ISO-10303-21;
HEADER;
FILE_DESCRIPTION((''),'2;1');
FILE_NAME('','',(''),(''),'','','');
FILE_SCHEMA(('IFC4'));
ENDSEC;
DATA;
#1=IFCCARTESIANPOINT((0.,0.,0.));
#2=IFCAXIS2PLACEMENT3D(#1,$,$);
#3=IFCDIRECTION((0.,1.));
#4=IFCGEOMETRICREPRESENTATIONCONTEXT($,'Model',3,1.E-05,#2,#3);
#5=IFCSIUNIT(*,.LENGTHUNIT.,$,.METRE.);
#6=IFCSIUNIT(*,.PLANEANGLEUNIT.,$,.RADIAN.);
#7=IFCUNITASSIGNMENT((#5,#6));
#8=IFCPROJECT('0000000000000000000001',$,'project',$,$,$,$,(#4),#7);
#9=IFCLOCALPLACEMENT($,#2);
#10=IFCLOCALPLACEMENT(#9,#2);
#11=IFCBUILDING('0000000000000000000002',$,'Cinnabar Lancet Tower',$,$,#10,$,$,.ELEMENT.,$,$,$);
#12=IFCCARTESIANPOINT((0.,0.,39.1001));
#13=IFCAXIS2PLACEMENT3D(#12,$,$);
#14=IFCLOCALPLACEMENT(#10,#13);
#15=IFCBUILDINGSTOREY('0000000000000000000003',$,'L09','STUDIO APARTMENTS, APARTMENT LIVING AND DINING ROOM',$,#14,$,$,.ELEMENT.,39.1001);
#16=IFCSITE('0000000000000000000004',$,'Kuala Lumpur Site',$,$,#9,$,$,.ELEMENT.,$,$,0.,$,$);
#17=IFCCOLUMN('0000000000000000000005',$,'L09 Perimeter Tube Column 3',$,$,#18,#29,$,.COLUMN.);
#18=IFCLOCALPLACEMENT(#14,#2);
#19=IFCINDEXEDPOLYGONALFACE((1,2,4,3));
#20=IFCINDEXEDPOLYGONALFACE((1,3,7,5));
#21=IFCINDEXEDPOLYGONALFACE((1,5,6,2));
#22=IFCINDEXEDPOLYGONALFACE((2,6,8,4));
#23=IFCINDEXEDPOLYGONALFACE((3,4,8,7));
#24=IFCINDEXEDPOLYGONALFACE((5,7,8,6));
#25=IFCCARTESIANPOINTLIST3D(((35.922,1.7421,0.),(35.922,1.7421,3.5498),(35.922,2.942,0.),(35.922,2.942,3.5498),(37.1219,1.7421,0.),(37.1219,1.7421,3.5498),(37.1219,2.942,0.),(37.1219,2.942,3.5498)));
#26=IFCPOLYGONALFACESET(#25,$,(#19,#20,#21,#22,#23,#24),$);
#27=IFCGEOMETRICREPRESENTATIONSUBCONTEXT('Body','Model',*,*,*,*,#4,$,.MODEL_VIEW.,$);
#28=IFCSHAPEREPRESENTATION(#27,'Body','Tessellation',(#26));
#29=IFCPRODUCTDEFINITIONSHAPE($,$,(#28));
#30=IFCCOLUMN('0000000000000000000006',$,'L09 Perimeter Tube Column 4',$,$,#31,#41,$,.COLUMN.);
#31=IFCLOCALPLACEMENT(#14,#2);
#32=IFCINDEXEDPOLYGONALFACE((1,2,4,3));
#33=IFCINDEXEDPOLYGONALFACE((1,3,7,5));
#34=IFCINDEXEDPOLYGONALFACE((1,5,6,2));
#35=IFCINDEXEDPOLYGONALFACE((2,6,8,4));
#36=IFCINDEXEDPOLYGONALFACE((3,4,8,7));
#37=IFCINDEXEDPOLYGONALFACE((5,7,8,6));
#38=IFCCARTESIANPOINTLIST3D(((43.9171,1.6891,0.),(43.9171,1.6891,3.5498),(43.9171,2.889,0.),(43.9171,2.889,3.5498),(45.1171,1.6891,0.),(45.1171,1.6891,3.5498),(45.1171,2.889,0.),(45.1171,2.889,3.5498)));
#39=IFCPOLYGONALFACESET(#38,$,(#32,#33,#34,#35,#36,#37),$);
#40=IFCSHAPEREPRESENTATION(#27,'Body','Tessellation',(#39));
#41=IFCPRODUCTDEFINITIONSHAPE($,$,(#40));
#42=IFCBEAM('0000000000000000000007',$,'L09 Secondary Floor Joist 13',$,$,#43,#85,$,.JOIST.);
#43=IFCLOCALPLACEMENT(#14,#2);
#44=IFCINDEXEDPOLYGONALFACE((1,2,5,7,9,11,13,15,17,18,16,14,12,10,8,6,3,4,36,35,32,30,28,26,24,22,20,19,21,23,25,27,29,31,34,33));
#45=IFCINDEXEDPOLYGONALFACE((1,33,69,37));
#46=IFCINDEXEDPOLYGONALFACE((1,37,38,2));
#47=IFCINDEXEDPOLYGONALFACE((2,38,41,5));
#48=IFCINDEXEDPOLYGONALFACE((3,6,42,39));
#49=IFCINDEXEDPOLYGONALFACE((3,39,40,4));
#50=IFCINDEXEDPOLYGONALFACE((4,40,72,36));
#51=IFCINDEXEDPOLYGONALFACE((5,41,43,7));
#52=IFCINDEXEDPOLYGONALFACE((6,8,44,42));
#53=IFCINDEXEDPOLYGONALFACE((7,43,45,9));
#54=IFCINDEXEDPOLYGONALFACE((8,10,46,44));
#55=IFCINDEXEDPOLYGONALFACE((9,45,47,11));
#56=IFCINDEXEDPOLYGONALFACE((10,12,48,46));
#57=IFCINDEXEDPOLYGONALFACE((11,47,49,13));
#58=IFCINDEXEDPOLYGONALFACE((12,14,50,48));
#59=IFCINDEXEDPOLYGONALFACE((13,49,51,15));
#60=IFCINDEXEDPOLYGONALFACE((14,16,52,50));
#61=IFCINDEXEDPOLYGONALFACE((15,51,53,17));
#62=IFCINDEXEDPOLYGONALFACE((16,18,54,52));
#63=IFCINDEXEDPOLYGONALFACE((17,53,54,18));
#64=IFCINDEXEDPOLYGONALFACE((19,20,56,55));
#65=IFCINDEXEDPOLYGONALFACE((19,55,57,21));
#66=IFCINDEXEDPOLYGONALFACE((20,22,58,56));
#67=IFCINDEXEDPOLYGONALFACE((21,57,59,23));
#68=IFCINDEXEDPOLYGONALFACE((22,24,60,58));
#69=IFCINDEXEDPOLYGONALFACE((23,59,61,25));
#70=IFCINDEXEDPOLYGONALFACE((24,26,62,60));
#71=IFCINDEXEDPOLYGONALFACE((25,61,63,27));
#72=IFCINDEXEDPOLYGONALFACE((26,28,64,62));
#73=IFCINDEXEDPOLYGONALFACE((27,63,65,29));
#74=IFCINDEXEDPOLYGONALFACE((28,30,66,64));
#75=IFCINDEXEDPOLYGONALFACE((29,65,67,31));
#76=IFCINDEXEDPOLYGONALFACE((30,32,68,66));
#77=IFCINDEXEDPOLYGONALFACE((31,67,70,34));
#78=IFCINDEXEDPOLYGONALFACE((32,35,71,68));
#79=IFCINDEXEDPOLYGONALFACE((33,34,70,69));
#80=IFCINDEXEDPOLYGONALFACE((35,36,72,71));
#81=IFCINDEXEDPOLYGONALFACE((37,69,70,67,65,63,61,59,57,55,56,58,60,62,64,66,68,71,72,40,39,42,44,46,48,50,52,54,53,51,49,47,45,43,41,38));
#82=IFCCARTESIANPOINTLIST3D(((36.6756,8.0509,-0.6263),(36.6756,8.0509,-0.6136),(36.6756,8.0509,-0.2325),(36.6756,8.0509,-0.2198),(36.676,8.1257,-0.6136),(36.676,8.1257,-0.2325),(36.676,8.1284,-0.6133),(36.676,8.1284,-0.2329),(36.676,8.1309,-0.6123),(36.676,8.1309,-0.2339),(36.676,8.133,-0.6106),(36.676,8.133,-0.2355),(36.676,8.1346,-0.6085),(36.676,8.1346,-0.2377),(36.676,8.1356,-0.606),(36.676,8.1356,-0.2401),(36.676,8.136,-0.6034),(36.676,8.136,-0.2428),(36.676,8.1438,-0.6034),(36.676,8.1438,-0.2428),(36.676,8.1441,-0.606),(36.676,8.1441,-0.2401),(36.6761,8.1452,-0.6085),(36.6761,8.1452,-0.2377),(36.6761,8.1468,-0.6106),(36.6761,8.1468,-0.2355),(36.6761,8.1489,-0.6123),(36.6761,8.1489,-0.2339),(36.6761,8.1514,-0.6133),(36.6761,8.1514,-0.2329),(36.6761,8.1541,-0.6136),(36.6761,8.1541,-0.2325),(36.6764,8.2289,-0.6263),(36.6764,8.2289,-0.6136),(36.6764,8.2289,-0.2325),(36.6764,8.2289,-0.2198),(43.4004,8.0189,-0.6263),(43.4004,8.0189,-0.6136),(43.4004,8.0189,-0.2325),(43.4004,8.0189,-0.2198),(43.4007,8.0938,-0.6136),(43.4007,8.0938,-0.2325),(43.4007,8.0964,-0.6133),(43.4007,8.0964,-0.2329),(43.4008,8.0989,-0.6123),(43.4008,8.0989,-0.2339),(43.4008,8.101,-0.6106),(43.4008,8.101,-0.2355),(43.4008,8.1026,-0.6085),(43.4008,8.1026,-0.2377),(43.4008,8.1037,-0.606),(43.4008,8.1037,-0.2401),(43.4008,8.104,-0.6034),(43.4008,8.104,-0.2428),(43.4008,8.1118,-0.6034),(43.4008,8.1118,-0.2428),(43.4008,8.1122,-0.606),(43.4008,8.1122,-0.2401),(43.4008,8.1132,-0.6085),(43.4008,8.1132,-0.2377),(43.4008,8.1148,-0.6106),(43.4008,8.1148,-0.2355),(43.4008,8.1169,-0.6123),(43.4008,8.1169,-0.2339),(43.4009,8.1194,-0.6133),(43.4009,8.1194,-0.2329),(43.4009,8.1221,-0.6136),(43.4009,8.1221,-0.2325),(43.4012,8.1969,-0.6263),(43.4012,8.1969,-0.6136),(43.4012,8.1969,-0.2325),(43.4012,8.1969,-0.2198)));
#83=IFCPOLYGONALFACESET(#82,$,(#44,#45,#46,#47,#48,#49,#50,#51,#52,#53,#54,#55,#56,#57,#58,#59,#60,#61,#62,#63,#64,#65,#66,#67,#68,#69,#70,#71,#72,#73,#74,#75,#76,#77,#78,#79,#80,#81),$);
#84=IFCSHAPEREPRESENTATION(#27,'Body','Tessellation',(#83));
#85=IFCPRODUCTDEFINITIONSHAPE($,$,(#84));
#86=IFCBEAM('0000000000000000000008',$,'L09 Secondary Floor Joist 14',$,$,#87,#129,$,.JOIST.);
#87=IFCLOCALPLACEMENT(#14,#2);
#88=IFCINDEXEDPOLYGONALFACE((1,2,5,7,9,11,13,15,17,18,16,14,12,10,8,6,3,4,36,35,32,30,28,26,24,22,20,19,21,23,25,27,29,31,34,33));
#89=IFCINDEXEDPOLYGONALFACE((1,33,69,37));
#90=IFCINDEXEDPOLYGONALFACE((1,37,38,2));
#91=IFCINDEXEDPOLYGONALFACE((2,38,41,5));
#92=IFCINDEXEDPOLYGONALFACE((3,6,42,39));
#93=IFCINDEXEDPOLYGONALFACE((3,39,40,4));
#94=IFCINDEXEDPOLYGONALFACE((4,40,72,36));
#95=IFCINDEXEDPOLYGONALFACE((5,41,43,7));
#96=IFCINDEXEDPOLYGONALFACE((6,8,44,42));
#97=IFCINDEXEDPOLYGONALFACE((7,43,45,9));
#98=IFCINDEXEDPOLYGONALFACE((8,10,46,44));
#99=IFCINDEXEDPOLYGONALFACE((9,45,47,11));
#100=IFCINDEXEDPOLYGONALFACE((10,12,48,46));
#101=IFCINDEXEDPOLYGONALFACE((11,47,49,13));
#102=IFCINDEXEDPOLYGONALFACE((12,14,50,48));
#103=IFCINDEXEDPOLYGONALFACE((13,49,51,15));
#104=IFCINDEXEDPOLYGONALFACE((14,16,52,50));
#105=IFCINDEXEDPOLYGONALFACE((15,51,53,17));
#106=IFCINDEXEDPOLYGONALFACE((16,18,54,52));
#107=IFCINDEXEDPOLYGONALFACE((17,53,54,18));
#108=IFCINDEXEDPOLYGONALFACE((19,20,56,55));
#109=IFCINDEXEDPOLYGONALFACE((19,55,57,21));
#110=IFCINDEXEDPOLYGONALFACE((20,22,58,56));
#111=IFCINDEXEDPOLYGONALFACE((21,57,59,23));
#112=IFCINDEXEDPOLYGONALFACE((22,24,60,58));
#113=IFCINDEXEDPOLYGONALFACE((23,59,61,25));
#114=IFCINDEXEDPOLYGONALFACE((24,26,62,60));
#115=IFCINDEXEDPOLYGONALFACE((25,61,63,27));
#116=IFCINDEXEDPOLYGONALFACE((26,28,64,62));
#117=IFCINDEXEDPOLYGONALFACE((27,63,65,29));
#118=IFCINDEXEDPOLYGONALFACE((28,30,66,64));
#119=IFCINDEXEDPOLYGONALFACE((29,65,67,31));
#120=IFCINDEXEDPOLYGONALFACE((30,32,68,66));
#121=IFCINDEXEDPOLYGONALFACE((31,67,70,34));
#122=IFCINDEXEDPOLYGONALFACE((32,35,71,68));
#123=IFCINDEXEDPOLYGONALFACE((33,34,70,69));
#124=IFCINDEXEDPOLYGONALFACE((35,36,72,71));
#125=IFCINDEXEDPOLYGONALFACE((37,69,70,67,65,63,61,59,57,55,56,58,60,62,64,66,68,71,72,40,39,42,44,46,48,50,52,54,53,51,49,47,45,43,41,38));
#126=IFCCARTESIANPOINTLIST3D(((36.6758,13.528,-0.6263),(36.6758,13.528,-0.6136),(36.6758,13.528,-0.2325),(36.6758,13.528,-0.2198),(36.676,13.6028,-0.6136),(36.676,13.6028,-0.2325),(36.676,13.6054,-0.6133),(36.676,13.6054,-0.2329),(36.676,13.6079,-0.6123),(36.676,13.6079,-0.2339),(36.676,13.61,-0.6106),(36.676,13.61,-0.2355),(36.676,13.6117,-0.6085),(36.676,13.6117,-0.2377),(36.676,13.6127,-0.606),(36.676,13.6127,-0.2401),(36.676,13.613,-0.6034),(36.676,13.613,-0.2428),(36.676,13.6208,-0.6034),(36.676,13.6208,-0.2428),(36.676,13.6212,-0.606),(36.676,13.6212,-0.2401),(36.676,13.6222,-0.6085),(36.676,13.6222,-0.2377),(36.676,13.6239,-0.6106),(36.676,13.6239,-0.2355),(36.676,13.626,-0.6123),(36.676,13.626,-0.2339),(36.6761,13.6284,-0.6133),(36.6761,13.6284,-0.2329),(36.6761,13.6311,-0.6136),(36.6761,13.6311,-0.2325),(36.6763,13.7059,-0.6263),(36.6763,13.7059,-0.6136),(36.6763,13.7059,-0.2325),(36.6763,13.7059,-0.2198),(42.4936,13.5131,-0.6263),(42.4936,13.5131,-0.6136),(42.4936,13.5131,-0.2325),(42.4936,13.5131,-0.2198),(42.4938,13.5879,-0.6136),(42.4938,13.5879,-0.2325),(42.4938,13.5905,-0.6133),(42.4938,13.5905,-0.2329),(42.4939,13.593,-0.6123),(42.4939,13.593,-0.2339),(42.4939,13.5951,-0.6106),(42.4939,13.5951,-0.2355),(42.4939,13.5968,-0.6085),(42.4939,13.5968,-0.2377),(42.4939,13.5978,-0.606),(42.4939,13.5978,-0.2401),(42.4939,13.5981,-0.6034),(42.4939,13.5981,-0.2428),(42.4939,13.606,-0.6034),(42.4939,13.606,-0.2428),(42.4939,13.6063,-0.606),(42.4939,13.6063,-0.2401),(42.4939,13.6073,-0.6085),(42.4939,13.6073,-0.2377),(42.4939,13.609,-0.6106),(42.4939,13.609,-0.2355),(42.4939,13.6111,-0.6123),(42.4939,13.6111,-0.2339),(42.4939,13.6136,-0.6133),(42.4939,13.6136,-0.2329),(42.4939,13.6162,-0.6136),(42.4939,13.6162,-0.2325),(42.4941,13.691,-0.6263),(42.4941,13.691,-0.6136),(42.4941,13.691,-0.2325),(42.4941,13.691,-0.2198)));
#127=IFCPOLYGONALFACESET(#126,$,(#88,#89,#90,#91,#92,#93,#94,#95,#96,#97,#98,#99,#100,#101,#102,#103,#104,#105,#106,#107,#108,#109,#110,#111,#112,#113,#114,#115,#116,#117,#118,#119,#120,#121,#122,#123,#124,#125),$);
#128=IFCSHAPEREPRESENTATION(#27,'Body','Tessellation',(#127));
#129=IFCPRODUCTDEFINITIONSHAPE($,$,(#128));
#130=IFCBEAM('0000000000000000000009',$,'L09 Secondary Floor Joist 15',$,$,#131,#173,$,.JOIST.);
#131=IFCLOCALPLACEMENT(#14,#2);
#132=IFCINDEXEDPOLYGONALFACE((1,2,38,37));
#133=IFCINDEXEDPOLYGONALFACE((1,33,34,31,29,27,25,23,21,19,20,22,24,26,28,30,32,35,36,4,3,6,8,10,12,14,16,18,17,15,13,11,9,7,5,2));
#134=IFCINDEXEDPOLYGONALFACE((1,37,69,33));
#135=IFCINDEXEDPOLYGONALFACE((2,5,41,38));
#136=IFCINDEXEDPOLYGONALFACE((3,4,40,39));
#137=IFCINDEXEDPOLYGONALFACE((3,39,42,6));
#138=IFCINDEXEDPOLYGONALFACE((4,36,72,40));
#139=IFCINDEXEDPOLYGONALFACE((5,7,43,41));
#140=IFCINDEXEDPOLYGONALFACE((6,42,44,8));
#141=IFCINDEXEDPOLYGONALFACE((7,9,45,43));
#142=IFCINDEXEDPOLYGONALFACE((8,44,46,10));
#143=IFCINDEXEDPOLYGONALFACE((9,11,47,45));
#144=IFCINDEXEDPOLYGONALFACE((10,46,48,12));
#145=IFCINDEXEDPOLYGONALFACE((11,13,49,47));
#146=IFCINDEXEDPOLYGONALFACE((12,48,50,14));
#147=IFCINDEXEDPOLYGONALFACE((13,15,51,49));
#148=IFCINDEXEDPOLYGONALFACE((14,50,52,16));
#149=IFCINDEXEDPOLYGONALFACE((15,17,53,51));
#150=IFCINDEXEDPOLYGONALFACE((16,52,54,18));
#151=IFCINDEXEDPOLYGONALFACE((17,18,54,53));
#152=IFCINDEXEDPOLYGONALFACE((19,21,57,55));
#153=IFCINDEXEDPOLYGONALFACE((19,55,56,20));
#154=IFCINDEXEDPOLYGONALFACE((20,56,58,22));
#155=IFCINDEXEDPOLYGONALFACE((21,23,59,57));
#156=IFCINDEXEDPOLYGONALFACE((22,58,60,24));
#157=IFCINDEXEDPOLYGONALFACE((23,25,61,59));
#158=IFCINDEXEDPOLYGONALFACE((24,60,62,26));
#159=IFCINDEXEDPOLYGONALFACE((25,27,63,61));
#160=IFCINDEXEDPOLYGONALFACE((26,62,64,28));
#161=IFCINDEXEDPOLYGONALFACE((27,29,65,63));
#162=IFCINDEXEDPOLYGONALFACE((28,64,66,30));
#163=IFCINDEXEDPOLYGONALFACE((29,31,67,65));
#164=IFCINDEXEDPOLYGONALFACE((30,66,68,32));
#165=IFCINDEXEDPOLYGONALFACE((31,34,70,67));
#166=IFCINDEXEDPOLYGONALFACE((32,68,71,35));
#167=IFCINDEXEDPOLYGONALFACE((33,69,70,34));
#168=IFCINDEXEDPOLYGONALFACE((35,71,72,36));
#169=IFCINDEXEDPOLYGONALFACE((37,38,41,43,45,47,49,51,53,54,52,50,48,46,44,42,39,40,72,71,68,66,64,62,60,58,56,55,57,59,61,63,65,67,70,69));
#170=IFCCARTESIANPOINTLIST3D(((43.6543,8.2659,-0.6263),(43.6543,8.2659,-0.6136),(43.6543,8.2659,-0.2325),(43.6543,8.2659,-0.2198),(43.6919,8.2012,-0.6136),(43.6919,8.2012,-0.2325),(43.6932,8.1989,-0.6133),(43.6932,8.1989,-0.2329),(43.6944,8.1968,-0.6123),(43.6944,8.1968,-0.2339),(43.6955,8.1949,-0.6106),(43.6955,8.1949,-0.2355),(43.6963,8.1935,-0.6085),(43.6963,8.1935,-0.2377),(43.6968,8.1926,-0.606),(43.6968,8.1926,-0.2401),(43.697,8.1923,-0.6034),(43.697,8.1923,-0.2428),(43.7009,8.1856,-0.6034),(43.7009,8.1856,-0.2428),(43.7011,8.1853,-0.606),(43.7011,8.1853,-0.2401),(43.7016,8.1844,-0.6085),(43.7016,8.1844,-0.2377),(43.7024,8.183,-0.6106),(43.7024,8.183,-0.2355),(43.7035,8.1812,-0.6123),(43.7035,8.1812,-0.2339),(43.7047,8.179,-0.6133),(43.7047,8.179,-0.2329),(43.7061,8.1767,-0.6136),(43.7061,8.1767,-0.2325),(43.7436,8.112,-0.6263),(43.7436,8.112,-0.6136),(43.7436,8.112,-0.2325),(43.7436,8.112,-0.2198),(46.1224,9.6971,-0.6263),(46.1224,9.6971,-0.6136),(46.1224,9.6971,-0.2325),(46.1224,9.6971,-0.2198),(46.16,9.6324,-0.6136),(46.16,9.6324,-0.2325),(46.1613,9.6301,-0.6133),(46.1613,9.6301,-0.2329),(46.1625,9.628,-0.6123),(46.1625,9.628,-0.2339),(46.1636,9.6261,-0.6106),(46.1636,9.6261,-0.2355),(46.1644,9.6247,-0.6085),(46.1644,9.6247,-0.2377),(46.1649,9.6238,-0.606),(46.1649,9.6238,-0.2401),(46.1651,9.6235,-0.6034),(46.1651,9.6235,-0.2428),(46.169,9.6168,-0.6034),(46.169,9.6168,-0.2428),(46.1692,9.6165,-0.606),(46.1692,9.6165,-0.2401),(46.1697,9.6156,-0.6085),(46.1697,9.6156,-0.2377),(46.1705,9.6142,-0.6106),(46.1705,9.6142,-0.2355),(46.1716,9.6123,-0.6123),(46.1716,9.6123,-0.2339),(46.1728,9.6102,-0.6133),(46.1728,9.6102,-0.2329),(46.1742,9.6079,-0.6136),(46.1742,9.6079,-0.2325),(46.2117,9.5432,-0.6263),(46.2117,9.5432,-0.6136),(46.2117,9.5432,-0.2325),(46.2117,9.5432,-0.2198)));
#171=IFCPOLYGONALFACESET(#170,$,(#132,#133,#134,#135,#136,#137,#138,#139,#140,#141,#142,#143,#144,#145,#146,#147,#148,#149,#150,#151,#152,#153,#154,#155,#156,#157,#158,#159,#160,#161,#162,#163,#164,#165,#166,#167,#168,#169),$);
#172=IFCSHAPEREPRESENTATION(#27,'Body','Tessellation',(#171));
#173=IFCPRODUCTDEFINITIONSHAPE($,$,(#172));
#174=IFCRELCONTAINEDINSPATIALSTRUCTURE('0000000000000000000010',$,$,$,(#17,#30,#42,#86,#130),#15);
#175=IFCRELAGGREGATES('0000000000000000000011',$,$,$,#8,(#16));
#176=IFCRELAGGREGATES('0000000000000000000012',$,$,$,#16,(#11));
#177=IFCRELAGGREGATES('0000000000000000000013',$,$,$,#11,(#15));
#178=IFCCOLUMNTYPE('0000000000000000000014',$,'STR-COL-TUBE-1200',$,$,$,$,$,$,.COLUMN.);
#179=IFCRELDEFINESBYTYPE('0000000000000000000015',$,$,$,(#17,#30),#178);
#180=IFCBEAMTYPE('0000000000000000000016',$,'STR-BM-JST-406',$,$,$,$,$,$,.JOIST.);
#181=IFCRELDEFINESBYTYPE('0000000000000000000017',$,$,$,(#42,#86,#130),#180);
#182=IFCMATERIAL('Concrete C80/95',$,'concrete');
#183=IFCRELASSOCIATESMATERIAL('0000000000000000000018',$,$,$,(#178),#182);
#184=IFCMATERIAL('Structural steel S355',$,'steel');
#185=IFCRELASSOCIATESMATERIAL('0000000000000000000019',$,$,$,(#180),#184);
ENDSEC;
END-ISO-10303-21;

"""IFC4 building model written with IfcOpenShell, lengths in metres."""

from ifc_helpers import new_model, si_unit, direction, frame, origin, origin_2d, place, context, subcontext, project, spatial, rectangle, i_section, extrude, material, material_profile, profile_set, type_object, element, save


model = new_model("IFC4")

# Units and contexts
model_context = context("Model", 3, precision=1e-05, world=origin(), true_north=direction((0.0, 1.0)))
body_context = subcontext(model_context, "Body", "Model", "MODEL_VIEW")
ifc_project = project(units=[si_unit("LENGTHUNIT", "METRE"), si_unit("PLANEANGLEUNIT", "RADIAN")], contexts=[model_context])

# Site, building, storey
site_placement = place(None, origin())
site = spatial("IfcSite", under=ifc_project, at=site_placement, Name="Kuala Lumpur Site", CompositionType="ELEMENT", RefElevation=0.0)
building_placement = place(site_placement, origin())
building = spatial("IfcBuilding", under=site, at=building_placement, Name="Cinnabar Lancet Tower", CompositionType="ELEMENT")
storey_placement = place(building_placement, frame((0.0, 0.0, 39.1001)))
storey = spatial("IfcBuildingStorey", under=building, at=storey_placement, Name="L09", Description="STUDIO APARTMENTS, APARTMENT LIVING AND DINING ROOM", CompositionType="ELEMENT", Elevation=39.1001)

# Columns
ifc_material_1 = material(Name="Concrete C80/95", Category="concrete")
ifc_material_profile_1 = material_profile(ifc_material_1, rectangle(XDim=1.2, YDim=1.2, at=origin_2d()), Name="RC-COL 1200x1200")
ifc_profile_set_1 = profile_set([ifc_material_profile_1], Name="Concrete C80/95")
column_type = type_object("IfcColumnType", Name="STR-COL-TUBE-1200", PredefinedType="COLUMN", material=ifc_profile_set_1)
for number, where, z_axis, x_axis, name in (
    (1, (36.522, 2.342, 0.0), (0.0, 0.0, 1.0), (1.0, 0.0, 0.0), "L09 Perimeter Tube Column 3"),
    (2, (44.5171, 2.2891, 0.0), (0.0, 0.0, 1.0), (1.0, 0.0, 0.0), "L09 Perimeter Tube Column 4"),
):
    element("IfcColumn", number, at=place(storey_placement, frame(where, z_axis=z_axis, x_axis=x_axis)), inside=storey, type_object=column_type, Name=name, PredefinedType="COLUMN", context=body_context, shape_type="SweptSolid", body=[
        extrude(rectangle(XDim=1.2, YDim=1.2, at=origin_2d()), origin(), (0.0, 0.0, 1.0), 3.5498),
    ])

# Beams
ifc_material_2 = material(Name="Structural steel S355", Category="steel")
ifc_material_profile_2 = material_profile(ifc_material_2, i_section(OverallWidth=0.178, OverallDepth=0.4065, WebThickness=0.0078, FlangeThickness=0.0127, FilletRadius=0.0103, at=origin_2d()), Name="UKB 406x178x60")
ifc_profile_set_2 = profile_set([ifc_material_profile_2], Name="Structural steel S355")
beam_type_1 = type_object("IfcBeamType", Name="STR-BM-JST-406", PredefinedType="JOIST", material=ifc_profile_set_2)
beam_1_placement = place(storey_placement, frame((36.676, 8.1399, -0.4231), z_axis=(0.999989, -0.004756, 0.0), x_axis=(0.004756, 0.999989, 0.0)))
element("IfcBeam", 3, at=beam_1_placement, inside=storey, type_object=beam_type_1, Name="L09 Secondary Floor Joist 13", PredefinedType="JOIST", context=body_context, shape_type="SweptSolid", body=[
    extrude(i_section(OverallWidth=0.178, OverallDepth=0.4065, WebThickness=0.0078, FlangeThickness=0.0127, FilletRadius=0.0103, at=origin_2d()), origin(), (0.0, 0.0, 1.0), 6.7249),
])
beam_2_placement = place(storey_placement, frame((36.676, 13.6169, -0.4231), z_axis=(0.999997, -0.00256, 0.0), x_axis=(0.00256, 0.999997, 0.0)))
element("IfcBeam", 4, at=beam_2_placement, inside=storey, type_object=beam_type_1, Name="L09 Secondary Floor Joist 14", PredefinedType="JOIST", context=body_context, shape_type="SweptSolid", body=[
    extrude(i_section(OverallWidth=0.178, OverallDepth=0.4065, WebThickness=0.0078, FlangeThickness=0.0127, FilletRadius=0.0103, at=origin_2d()), origin(), (0.0, 0.0, 1.0), 5.8179),
])
beam_3_placement = place(storey_placement, frame((43.699, 8.189, -0.4231), z_axis=(0.865076, 0.50164, 0.0), x_axis=(-0.50164, 0.865076, 0.0)))
element("IfcBeam", 5, at=beam_3_placement, inside=storey, type_object=beam_type_1, Name="L09 Secondary Floor Joist 15", PredefinedType="JOIST", context=body_context, shape_type="SweptSolid", body=[
    extrude(i_section(OverallWidth=0.178, OverallDepth=0.4065, WebThickness=0.0078, FlangeThickness=0.0127, FilletRadius=0.0103, at=origin_2d()), origin(), (0.0, 0.0, 1.0), 2.853),
])

save(model, "model.ifc")
